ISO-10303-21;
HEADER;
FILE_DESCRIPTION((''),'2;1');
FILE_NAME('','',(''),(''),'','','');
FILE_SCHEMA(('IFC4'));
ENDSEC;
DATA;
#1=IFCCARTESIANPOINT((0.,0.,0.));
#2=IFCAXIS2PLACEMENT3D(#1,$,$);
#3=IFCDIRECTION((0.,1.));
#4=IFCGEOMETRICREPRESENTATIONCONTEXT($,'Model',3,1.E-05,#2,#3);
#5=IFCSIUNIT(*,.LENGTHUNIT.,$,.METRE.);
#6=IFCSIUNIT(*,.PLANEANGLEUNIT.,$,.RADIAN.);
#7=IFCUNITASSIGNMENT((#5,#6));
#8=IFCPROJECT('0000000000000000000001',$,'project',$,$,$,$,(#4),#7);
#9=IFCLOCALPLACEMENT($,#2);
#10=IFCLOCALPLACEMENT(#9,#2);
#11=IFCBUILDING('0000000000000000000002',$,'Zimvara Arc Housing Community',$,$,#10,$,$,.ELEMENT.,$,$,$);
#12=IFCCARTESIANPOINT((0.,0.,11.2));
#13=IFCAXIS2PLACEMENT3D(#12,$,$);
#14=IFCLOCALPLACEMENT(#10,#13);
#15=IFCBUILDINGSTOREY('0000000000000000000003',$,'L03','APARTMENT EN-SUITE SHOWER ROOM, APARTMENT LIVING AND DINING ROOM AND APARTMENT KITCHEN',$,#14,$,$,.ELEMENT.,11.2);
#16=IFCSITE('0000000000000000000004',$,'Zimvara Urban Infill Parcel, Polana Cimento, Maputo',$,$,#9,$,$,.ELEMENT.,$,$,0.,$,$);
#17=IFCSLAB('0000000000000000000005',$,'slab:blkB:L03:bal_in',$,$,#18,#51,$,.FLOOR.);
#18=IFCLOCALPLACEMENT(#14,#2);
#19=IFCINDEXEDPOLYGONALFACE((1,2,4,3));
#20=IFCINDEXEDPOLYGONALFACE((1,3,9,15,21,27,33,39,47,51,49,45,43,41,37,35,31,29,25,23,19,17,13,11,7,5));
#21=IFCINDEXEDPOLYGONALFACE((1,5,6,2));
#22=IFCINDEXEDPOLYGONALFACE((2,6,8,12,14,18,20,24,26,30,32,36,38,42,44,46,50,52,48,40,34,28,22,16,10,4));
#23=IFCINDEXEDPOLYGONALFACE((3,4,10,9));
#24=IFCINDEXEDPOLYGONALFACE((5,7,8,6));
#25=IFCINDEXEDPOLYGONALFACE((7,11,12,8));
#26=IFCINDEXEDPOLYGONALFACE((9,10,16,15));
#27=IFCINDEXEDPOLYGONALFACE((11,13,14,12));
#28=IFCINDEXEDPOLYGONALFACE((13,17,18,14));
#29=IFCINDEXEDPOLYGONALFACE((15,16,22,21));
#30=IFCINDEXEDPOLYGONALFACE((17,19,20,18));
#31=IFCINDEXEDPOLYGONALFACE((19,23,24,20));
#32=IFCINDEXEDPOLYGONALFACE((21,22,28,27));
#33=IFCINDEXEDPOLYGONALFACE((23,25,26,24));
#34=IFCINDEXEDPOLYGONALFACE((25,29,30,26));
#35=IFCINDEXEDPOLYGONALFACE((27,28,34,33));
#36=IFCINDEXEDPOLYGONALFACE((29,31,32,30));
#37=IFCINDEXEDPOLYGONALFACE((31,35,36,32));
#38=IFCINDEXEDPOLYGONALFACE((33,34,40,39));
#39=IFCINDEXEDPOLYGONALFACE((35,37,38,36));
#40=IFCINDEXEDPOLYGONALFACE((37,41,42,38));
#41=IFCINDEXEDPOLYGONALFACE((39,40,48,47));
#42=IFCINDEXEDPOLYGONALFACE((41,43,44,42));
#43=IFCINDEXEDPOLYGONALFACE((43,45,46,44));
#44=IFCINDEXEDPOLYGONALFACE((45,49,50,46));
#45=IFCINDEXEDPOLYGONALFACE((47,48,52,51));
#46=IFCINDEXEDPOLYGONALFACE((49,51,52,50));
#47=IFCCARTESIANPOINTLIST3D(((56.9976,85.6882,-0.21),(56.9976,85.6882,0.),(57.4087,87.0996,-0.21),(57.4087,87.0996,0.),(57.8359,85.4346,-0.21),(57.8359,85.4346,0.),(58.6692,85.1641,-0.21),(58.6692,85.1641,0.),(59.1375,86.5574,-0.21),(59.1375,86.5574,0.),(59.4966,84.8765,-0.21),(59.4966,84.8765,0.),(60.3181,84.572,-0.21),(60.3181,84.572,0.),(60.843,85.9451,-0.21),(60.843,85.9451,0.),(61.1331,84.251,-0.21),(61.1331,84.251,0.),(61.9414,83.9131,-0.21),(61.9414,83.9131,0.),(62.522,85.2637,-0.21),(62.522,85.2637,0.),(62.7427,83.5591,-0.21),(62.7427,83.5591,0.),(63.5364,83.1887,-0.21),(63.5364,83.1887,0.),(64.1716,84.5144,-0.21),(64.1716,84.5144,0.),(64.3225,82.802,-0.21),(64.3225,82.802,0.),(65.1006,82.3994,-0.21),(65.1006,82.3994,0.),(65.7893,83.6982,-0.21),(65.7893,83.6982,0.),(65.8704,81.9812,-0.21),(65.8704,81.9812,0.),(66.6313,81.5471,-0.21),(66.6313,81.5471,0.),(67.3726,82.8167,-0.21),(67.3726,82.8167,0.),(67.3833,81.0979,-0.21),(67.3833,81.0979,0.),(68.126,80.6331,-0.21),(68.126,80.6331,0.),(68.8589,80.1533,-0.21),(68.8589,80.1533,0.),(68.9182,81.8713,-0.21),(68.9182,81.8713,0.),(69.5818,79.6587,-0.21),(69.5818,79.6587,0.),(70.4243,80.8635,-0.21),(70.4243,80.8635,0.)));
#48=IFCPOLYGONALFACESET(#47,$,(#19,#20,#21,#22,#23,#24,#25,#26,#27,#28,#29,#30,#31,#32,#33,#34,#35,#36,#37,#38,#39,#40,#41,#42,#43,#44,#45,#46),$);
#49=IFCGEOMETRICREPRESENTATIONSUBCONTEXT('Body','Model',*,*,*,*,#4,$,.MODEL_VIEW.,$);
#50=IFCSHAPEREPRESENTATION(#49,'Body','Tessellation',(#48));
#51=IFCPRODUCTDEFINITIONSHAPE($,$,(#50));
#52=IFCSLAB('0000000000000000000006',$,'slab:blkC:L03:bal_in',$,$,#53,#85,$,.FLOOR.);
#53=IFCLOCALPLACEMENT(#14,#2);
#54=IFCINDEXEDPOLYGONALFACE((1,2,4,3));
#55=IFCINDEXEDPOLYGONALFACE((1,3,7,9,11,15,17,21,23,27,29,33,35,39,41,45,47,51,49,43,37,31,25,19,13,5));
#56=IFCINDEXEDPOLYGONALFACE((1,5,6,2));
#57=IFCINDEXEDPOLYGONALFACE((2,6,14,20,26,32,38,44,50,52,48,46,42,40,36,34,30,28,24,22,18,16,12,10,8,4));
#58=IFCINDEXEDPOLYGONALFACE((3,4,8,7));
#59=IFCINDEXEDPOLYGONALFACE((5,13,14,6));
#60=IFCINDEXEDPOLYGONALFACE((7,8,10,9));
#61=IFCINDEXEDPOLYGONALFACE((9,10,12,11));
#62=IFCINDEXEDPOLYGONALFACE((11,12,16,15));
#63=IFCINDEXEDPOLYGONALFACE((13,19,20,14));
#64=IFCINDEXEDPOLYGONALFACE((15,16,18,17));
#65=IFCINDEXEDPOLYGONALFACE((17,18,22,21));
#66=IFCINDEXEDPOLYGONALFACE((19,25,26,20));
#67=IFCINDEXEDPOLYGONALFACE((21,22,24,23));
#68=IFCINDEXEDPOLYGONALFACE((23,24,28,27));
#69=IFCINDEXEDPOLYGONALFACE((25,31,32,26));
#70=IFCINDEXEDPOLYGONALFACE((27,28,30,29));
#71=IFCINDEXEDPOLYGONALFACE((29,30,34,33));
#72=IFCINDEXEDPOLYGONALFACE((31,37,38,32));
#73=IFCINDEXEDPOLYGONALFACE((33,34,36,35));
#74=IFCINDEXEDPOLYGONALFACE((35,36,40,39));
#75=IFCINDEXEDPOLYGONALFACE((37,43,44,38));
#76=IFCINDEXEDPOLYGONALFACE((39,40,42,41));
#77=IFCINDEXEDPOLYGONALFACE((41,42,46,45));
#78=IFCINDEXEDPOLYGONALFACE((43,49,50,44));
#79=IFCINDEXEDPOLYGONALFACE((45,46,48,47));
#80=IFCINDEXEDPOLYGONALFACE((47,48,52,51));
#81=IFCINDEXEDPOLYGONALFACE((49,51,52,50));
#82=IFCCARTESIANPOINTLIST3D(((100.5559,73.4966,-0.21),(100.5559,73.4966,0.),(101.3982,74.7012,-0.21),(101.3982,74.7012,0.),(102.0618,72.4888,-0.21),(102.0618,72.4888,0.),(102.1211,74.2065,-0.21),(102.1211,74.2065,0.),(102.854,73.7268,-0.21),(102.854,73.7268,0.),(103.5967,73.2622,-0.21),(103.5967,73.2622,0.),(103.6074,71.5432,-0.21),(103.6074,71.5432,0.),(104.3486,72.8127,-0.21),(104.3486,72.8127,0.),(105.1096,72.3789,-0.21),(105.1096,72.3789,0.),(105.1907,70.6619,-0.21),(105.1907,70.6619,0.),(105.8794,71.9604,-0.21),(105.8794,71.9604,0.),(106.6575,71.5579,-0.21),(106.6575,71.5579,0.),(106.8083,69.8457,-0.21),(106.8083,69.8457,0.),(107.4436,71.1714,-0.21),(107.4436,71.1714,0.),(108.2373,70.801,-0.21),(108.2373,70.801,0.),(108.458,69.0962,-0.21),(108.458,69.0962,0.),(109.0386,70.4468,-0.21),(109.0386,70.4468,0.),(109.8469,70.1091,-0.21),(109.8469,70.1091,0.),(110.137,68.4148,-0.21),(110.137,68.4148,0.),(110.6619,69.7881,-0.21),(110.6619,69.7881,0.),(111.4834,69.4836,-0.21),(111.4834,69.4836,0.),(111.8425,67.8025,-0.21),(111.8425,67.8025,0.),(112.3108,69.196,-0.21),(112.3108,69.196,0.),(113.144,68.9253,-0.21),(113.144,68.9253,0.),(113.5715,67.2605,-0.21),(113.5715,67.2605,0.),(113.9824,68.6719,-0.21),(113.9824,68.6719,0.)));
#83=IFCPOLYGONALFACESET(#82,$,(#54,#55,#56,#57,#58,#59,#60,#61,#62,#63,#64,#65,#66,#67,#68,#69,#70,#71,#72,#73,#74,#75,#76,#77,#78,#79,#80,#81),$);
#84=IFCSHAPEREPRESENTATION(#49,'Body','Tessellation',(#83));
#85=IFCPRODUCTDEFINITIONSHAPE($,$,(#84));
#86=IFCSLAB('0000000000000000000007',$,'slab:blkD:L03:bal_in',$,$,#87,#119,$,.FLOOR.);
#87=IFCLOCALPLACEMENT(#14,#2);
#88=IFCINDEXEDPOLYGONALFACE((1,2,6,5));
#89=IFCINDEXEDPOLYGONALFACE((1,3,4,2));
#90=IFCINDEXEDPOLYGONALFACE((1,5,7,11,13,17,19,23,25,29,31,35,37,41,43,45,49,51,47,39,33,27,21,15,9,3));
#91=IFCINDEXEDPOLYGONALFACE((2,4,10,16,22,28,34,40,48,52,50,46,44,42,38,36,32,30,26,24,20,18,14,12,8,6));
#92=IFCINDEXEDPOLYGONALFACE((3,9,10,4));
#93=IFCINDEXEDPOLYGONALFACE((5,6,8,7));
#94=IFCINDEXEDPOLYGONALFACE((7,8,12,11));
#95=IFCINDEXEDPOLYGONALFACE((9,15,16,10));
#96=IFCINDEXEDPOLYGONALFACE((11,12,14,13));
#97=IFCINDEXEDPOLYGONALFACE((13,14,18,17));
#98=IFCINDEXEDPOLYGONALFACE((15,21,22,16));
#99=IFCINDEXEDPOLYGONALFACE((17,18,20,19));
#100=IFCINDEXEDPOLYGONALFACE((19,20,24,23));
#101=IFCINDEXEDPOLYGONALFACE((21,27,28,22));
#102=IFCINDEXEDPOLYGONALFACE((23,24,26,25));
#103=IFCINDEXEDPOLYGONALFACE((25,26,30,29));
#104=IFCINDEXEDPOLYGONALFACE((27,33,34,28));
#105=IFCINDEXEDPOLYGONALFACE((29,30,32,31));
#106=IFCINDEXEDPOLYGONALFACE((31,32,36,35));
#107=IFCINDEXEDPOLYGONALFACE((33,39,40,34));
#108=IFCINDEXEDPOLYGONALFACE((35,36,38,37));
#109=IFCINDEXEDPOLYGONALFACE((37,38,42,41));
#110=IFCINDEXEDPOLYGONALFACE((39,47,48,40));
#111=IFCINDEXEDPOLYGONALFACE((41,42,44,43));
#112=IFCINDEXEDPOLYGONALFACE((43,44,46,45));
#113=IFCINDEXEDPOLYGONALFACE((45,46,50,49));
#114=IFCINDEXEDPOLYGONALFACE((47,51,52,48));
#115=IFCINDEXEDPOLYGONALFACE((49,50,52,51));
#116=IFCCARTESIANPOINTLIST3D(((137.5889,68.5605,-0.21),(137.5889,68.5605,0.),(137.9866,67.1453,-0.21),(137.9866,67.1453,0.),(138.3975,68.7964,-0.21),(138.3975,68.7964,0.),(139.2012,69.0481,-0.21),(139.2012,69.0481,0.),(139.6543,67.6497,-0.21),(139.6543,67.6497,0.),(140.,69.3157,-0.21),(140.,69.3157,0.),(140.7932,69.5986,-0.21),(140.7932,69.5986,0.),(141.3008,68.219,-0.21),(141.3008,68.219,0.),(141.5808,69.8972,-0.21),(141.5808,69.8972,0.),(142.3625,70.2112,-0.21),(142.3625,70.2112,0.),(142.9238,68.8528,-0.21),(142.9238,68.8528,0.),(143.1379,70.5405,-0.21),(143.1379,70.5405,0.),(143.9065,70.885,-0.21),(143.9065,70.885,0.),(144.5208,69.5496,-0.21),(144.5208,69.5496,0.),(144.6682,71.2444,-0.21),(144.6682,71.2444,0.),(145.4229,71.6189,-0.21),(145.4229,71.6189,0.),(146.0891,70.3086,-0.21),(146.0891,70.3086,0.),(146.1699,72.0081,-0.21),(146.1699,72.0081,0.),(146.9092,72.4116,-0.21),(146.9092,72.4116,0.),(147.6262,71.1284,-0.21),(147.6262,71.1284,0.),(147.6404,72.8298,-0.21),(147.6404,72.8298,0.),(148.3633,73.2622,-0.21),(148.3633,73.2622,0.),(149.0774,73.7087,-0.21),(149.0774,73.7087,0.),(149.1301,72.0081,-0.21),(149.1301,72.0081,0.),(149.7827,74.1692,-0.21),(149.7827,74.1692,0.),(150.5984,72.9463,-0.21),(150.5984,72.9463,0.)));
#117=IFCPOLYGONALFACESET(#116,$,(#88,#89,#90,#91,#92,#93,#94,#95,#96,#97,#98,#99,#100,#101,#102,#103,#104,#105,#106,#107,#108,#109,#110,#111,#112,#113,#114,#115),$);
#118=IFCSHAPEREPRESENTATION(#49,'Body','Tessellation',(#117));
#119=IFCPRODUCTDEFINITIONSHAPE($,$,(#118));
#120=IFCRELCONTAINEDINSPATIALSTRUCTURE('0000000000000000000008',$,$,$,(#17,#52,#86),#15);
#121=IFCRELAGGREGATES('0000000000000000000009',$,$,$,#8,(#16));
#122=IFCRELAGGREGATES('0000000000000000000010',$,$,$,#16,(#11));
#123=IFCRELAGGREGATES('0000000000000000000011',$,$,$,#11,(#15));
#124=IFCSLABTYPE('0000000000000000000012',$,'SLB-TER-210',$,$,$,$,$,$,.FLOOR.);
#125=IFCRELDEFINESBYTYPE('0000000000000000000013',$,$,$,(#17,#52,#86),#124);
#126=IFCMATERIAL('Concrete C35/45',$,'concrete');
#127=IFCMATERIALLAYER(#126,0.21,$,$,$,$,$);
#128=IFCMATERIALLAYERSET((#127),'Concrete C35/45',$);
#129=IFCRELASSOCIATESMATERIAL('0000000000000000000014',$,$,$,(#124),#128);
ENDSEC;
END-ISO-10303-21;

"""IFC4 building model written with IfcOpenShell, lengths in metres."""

from ifc_helpers import new_model, si_unit, direction, frame, origin, place, context, subcontext, project, spatial, polyline, outline, extrude, material, layer, layer_set, type_object, element, save


model = new_model("IFC4")

# Units and contexts
model_context = context("Model", 3, precision=1e-05, world=origin(), true_north=direction((0.0, 1.0)))
body_context = subcontext(model_context, "Body", "Model", "MODEL_VIEW")
ifc_project = project(units=[si_unit("LENGTHUNIT", "METRE"), si_unit("PLANEANGLEUNIT", "RADIAN")], contexts=[model_context])

# Site, building, storey
site_placement = place(None, origin())
site = spatial("IfcSite", under=ifc_project, at=site_placement, Name="Zimvara Urban Infill Parcel, Polana Cimento, Maputo", CompositionType="ELEMENT", RefElevation=0.0)
building_placement = place(site_placement, origin())
building = spatial("IfcBuilding", under=site, at=building_placement, Name="Zimvara Arc Housing Community", CompositionType="ELEMENT")
storey_placement = place(building_placement, frame((0.0, 0.0, 11.2)))
storey = spatial("IfcBuildingStorey", under=building, at=storey_placement, Name="L03", Description="APARTMENT EN-SUITE SHOWER ROOM, APARTMENT LIVING AND DINING ROOM AND APARTMENT KITCHEN", CompositionType="ELEMENT", Elevation=11.2)

# Slabs
ifc_material_1 = material(Name="Concrete C35/45", Category="concrete")
ifc_layer_1 = layer(ifc_material_1, 0.21)
ifc_layer_set_1 = layer_set([ifc_layer_1], Name="Concrete C35/45")
slab_type_1 = type_object("IfcSlabType", Name="SLB-TER-210", PredefinedType="FLOOR", material=ifc_layer_set_1)
slab_1_placement = place(storey_placement, frame((0.0, 0.0, -0.21)))
element("IfcSlab", 1, at=slab_1_placement, inside=storey, type_object=slab_type_1, Name="slab:blkB:L03:bal_in", PredefinedType="FLOOR", context=body_context, shape_type="SweptSolid", body=[
    extrude(outline(polyline([(70.4243, 80.8635), (68.9182, 81.8713), (67.3726, 82.8167), (65.7893, 83.6982), (64.1716, 84.5144), (62.522, 85.2637), (60.843, 85.9451), (59.1375, 86.5574), (57.4087, 87.0996), (56.9976, 85.6882), (57.8359, 85.4346), (58.6692, 85.1641), (59.4966, 84.8765), (60.3181, 84.572), (61.1331, 84.251), (61.9414, 83.9131), (62.7427, 83.5591), (63.5364, 83.1887), (64.3225, 82.802), (65.1006, 82.3994), (65.8704, 81.9812), (66.6313, 81.5471), (67.3833, 81.0979), (68.126, 80.6331), (68.8589, 80.1533), (69.5818, 79.6587), (70.4243, 80.8635)])), origin(), (0.0, 0.0, 1.0), 0.21),
])
slab_2_placement = place(storey_placement, frame((0.0, 0.0, -0.21)))
element("IfcSlab", 2, at=slab_2_placement, inside=storey, type_object=slab_type_1, Name="slab:blkC:L03:bal_in", PredefinedType="FLOOR", context=body_context, shape_type="SweptSolid", body=[
    extrude(outline(polyline([(100.5559, 73.4966), (102.0618, 72.4888), (103.6074, 71.5432), (105.1907, 70.6619), (106.8083, 69.8457), (108.458, 69.0962), (110.137, 68.4148), (111.8425, 67.8025), (113.5715, 67.2605), (113.9824, 68.6719), (113.144, 68.9253), (112.3108, 69.196), (111.4834, 69.4836), (110.6619, 69.7881), (109.8469, 70.1091), (109.0386, 70.4468), (108.2373, 70.801), (107.4436, 71.1714), (106.6575, 71.5579), (105.8794, 71.9604), (105.1096, 72.3789), (104.3486, 72.8127), (103.5967, 73.2622), (102.854, 73.7268), (102.1211, 74.2065), (101.3982, 74.7012), (100.5559, 73.4966)])), origin(), (0.0, 0.0, 1.0), 0.21),
])
slab_3_placement = place(storey_placement, frame((0.0, 0.0, -0.21)))
element("IfcSlab", 3, at=slab_3_placement, inside=storey, type_object=slab_type_1, Name="slab:blkD:L03:bal_in", PredefinedType="FLOOR", context=body_context, shape_type="SweptSolid", body=[
    extrude(outline(polyline([(137.9866, 67.1453), (137.9866, 67.1453), (139.6543, 67.6497), (141.3008, 68.219), (142.9238, 68.8528), (144.5208, 69.5496), (146.0891, 70.3086), (147.6262, 71.1284), (149.1301, 72.0081), (150.5984, 72.9463), (149.7827, 74.1692), (149.0774, 73.7087), (148.3633, 73.2622), (147.6404, 72.8298), (146.9092, 72.4116), (146.1699, 72.0081), (145.4229, 71.6189), (144.6682, 71.2444), (143.9065, 70.885), (143.1379, 70.5405), (142.3625, 70.2112), (141.5808, 69.8972), (140.7932, 69.5986), (140.0, 69.3157), (139.2012, 69.0481), (138.3975, 68.7964), (137.5889, 68.5605), (137.9866, 67.1453)])), origin(), (0.0, 0.0, 1.0), 0.21),
])

save(model, "model.ifc")
